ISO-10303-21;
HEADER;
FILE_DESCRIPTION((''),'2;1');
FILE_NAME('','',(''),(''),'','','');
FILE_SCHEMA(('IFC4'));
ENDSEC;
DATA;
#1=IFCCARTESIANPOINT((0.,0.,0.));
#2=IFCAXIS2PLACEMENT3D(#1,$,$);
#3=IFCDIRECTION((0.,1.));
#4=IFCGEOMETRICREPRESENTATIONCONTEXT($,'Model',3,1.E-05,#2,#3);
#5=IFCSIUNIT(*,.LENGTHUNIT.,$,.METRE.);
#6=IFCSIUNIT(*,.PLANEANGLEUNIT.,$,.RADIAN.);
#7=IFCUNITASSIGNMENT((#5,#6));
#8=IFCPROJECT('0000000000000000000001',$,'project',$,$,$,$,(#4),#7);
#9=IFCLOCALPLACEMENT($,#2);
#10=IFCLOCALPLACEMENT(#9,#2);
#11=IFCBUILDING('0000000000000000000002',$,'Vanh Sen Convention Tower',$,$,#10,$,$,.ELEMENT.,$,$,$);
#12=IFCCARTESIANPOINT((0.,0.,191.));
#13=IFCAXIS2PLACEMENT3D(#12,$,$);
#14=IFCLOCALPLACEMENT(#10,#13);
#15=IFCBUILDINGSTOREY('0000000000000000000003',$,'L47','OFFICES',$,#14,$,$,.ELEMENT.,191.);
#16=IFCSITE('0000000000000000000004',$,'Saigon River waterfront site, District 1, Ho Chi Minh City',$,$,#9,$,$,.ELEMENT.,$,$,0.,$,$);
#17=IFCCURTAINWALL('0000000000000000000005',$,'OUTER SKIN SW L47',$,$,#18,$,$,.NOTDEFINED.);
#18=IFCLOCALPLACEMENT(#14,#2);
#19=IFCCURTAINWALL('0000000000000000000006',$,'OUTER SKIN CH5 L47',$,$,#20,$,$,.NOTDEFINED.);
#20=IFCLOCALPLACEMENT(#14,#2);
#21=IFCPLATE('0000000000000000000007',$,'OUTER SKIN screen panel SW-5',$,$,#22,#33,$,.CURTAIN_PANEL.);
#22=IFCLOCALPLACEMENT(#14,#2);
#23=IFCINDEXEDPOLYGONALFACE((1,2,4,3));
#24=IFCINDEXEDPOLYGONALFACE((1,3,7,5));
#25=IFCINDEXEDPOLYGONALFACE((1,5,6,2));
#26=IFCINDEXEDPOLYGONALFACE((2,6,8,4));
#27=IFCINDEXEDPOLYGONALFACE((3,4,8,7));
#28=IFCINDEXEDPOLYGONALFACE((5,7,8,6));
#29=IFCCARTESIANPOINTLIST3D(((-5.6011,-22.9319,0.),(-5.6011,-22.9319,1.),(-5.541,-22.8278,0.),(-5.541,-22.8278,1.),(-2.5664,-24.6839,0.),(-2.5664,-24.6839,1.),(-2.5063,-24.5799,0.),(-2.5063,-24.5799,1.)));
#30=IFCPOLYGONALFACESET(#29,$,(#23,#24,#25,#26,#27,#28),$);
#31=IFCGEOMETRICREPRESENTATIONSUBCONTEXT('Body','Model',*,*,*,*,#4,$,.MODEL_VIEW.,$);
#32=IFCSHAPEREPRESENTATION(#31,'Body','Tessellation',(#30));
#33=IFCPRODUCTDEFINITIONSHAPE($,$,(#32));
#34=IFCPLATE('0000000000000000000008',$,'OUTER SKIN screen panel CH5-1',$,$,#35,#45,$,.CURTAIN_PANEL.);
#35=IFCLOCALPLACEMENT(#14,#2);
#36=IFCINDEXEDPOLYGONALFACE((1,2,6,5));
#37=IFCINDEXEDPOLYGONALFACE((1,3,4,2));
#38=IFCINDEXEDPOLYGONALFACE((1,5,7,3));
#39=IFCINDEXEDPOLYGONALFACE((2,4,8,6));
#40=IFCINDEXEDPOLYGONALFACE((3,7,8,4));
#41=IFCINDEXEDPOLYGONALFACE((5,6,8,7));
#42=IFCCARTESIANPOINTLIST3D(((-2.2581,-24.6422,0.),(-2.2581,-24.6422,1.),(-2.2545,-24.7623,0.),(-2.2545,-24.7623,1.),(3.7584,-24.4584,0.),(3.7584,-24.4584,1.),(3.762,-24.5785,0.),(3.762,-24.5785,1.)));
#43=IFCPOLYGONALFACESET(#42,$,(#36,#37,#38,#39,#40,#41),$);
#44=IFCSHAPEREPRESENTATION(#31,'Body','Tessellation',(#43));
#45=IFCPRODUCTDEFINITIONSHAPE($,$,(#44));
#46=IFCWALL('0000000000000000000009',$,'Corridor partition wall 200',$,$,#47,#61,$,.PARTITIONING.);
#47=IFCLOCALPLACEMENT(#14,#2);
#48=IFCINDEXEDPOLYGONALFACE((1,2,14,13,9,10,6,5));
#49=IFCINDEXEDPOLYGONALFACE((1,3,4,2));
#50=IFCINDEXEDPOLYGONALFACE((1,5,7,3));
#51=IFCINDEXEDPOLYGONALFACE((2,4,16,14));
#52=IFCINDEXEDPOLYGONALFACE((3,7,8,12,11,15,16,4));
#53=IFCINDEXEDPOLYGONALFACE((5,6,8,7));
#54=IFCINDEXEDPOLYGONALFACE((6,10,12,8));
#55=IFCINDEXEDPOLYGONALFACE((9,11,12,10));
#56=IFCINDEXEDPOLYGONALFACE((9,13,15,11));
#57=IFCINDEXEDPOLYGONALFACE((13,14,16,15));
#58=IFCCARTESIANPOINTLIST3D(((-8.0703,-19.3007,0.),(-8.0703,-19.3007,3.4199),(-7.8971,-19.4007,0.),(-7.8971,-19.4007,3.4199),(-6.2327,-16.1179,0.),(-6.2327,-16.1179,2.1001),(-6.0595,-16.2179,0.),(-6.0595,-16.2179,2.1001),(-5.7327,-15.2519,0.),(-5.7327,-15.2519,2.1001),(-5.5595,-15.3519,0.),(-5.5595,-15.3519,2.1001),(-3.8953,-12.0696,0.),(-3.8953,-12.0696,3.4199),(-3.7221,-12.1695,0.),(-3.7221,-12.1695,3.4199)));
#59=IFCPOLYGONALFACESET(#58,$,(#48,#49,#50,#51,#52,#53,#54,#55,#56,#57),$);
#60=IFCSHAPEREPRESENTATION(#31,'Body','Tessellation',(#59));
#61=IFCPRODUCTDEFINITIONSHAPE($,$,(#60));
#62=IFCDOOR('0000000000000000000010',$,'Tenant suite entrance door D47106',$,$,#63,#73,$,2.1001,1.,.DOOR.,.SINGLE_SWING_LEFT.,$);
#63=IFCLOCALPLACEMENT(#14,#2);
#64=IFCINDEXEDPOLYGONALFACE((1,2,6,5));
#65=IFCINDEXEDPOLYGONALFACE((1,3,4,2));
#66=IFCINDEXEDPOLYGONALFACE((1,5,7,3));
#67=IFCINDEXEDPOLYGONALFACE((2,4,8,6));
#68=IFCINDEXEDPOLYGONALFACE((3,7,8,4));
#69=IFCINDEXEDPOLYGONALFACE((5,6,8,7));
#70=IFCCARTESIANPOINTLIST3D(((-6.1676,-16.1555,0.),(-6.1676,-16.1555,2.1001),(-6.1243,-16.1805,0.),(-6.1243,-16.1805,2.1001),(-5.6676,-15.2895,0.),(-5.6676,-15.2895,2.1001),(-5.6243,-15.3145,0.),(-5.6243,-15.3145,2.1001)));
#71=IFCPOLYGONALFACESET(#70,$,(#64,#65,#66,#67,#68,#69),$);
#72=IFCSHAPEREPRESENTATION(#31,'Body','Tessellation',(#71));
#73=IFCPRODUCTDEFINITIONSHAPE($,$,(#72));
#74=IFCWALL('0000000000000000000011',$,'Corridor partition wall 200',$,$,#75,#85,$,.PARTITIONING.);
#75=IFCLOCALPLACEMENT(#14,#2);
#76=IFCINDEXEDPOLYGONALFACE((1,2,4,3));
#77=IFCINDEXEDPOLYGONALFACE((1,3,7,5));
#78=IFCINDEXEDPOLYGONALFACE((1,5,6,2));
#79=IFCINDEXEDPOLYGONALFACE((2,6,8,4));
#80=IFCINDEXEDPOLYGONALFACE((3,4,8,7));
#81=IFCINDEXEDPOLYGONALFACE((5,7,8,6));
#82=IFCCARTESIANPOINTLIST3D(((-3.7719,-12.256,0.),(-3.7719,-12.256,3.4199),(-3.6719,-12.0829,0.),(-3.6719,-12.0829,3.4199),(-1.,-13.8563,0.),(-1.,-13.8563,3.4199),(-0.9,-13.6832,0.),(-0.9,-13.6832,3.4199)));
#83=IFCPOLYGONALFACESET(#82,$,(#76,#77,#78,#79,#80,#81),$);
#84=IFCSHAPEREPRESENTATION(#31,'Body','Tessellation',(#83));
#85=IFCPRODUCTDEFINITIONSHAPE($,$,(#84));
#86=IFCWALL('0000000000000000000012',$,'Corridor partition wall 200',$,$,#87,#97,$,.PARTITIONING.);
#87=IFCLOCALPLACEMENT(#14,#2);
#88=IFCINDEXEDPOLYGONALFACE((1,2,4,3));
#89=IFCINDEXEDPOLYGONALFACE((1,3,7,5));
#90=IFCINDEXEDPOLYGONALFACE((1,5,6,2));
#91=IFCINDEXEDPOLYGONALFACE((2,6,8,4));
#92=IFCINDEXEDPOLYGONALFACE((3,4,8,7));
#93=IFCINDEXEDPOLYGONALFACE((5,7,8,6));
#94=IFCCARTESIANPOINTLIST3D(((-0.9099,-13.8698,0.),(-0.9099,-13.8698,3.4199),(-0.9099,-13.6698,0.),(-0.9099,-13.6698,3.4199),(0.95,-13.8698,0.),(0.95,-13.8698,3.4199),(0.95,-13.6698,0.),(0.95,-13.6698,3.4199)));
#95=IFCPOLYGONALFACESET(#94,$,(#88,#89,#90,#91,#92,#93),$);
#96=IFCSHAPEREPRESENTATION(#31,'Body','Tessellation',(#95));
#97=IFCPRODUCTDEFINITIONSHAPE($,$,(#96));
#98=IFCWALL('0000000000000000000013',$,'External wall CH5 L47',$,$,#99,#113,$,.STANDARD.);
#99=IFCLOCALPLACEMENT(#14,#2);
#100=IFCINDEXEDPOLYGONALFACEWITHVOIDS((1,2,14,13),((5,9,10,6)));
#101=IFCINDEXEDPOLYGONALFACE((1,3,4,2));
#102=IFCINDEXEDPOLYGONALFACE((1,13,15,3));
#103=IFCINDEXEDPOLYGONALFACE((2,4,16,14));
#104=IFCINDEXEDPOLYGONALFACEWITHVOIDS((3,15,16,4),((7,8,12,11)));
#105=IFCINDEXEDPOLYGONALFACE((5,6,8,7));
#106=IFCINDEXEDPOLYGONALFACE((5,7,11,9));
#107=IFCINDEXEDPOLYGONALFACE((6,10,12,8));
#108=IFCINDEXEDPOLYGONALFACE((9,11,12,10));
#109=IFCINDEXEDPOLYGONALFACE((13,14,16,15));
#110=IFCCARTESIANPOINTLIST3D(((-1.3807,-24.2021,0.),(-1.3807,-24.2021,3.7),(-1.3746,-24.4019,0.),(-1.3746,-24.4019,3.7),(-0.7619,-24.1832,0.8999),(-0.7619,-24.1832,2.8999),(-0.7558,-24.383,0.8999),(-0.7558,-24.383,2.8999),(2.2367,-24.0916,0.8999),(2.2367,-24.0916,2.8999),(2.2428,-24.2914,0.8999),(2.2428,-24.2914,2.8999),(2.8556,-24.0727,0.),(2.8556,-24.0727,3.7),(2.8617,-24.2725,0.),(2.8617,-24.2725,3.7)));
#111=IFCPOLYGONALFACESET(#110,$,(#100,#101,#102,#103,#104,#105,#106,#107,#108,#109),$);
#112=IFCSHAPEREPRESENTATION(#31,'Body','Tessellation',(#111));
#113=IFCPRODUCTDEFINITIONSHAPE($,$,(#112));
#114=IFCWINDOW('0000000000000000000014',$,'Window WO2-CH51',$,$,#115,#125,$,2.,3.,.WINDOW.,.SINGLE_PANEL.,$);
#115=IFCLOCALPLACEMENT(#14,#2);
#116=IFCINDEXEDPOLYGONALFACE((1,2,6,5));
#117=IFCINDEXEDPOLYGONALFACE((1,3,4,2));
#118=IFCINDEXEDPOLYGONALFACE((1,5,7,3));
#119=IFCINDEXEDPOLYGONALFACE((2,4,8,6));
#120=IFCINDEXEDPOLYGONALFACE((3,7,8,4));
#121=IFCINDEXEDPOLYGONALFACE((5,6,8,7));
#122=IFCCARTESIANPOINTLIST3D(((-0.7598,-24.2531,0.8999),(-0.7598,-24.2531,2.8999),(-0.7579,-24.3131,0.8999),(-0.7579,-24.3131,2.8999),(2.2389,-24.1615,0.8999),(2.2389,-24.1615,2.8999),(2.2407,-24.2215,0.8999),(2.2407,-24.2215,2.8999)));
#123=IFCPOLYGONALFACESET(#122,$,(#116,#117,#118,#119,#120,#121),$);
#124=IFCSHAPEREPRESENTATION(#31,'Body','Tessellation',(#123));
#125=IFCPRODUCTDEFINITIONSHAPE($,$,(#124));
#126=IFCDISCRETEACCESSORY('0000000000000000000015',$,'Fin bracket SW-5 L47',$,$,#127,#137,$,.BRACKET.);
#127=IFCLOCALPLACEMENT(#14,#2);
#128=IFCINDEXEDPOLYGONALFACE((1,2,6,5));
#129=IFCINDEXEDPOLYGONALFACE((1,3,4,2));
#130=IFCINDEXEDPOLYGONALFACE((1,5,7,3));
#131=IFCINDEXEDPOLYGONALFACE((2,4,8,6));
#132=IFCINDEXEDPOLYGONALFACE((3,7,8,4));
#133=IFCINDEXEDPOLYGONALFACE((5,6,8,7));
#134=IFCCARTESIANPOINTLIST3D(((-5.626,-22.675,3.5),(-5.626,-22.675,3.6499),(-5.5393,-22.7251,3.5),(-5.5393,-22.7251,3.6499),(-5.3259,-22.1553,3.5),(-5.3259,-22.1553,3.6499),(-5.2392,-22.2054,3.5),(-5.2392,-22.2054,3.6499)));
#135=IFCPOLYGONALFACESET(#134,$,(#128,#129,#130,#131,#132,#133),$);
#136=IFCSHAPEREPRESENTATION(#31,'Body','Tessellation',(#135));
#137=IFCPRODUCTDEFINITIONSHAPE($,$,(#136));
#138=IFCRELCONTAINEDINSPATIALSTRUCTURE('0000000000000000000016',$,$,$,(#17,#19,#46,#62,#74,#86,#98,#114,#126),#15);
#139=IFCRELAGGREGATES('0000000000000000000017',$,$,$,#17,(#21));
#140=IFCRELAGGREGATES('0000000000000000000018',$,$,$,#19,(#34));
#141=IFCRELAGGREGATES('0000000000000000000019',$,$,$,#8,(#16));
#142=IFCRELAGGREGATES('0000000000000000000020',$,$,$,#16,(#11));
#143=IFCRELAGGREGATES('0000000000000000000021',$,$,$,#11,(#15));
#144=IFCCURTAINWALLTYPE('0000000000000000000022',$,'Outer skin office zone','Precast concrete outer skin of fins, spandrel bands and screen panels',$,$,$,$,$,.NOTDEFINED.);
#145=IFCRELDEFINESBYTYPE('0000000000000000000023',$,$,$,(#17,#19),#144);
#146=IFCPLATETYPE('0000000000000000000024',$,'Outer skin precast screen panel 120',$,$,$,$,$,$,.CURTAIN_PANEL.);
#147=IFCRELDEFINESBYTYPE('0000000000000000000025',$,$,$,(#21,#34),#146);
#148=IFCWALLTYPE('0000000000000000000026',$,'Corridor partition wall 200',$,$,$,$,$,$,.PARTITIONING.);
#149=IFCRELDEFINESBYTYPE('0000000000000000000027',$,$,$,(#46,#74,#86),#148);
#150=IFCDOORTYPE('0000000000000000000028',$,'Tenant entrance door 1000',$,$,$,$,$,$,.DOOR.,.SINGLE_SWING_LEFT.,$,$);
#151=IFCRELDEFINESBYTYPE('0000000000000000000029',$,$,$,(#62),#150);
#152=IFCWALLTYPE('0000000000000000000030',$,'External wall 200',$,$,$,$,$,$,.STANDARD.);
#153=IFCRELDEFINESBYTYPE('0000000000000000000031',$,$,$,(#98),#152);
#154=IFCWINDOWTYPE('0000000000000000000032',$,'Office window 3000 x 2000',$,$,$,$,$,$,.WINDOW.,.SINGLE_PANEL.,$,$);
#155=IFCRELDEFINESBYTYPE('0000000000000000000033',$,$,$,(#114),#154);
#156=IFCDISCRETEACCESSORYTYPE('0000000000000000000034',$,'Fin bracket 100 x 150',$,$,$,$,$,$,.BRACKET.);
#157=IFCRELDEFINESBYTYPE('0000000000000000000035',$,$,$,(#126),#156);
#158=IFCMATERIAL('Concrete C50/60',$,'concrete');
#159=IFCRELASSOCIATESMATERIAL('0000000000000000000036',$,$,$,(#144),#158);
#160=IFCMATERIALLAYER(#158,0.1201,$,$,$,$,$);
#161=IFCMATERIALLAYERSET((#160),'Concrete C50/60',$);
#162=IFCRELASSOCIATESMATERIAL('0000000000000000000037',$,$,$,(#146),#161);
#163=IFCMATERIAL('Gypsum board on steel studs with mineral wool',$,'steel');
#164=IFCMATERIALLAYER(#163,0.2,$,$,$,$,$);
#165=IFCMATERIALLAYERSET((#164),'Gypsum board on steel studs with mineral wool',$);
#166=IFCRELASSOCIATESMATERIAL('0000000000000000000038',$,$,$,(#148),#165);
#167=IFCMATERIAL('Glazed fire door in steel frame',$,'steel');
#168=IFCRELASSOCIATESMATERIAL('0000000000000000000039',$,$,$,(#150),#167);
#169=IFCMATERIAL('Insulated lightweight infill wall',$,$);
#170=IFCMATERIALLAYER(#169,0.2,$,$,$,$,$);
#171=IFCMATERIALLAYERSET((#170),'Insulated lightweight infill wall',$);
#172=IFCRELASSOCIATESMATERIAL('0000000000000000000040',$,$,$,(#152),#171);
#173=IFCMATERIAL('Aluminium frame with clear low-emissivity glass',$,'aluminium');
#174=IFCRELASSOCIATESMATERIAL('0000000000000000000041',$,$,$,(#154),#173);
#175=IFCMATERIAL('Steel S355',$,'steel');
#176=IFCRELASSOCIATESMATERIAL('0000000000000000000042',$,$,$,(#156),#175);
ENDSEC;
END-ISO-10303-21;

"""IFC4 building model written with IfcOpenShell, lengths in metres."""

from ifc_helpers import new_model, si_unit, direction, frame, frame_2d, origin, origin_2d, place, context, subcontext, project, spatial, rectangle, extrude, material, layer, layer_set, type_object, element, fill, aggregate, save


model = new_model("IFC4")

# Units and contexts
model_context = context("Model", 3, precision=1e-05, world=origin(), true_north=direction((0.0, 1.0)))
body_context = subcontext(model_context, "Body", "Model", "MODEL_VIEW")
ifc_project = project(units=[si_unit("LENGTHUNIT", "METRE"), si_unit("PLANEANGLEUNIT", "RADIAN")], contexts=[model_context])

# Site, building, storey
site_placement = place(None, origin())
site = spatial("IfcSite", under=ifc_project, at=site_placement, Name="Saigon River waterfront site, District 1, Ho Chi Minh City", CompositionType="ELEMENT", RefElevation=0.0)
building_placement = place(site_placement, origin())
building = spatial("IfcBuilding", under=site, at=building_placement, Name="Vanh Sen Convention Tower", CompositionType="ELEMENT")
storey_placement = place(building_placement, frame((0.0, 0.0, 191.0)))
storey = spatial("IfcBuildingStorey", under=building, at=storey_placement, Name="L47", Description="OFFICES", CompositionType="ELEMENT", Elevation=191.0)

# Curtain wall
ifc_material_1 = material(Name="Concrete C50/60", Category="concrete")
curtain_wall_type = type_object("IfcCurtainWallType", Name="Outer skin office zone", Description="Precast concrete outer skin of fins, spandrel bands and screen panels", PredefinedType="NOTDEFINED", material=ifc_material_1)
curtain_wall_1_placement = place(storey_placement, origin())
curtain_wall_1 = element("IfcCurtainWall", 1, at=curtain_wall_1_placement, inside=storey, type_object=curtain_wall_type, Name="OUTER SKIN SW L47", PredefinedType="NOTDEFINED")

# Curtain wall
curtain_wall_2_placement = place(storey_placement, origin())
curtain_wall_2 = element("IfcCurtainWall", 2, at=curtain_wall_2_placement, inside=storey, type_object=curtain_wall_type, Name="OUTER SKIN CH5 L47", PredefinedType="NOTDEFINED")

# Plates
ifc_layer_1 = layer(ifc_material_1, 0.1201)
ifc_layer_set_1 = layer_set([ifc_layer_1], Name="Concrete C50/60")
plate_type = type_object("IfcPlateType", Name="Outer skin precast screen panel 120", PredefinedType="CURTAIN_PANEL", material=ifc_layer_set_1)
plate_1_placement = place(storey_placement, frame((-4.0537, -23.7559, 0.0), z_axis=(0.0, 0.0, 1.0), x_axis=(0.866035, -0.499983, 0.0)))
plate_1 = element("IfcPlate", 3, at=plate_1_placement, type_object=plate_type, Name="OUTER SKIN screen panel SW-5", PredefinedType="CURTAIN_PANEL", context=body_context, shape_type="SweptSolid", body=[
    extrude(rectangle(XDim=3.5042, YDim=0.1201, at=origin_2d()), origin(), (0.0, 0.0, 1.0), 1.0),
])
aggregate(curtain_wall_1, [plate_1])
plate_2_placement = place(storey_placement, frame((0.752, -24.6104, 0.0), z_axis=(0.0, 0.0, 1.0), x_axis=(0.999534, 0.03054, 0.0)))
plate_2 = element("IfcPlate", 4, at=plate_2_placement, type_object=plate_type, Name="OUTER SKIN screen panel CH5-1", PredefinedType="CURTAIN_PANEL", context=body_context, shape_type="SweptSolid", body=[
    extrude(rectangle(XDim=6.0193, YDim=0.1201, at=origin_2d()), origin(), (0.0, 0.0, 1.0), 1.0),
])
aggregate(curtain_wall_2, [plate_2])

# Wall, opening, door
ifc_material_2 = material(Name="Gypsum board on steel studs with mineral wool", Category="steel")
ifc_layer_2 = layer(ifc_material_2, 0.2)
ifc_layer_set_2 = layer_set([ifc_layer_2], Name="Gypsum board on steel studs with mineral wool")
wall_type_1 = type_object("IfcWallType", Name="Corridor partition wall 200", PredefinedType="PARTITIONING", material=ifc_layer_set_2)
wall_1_placement = place(storey_placement, frame((-7.9836, -19.3506, 0.0), z_axis=(0.0, 0.0, 1.0), x_axis=(0.50001, 0.86602, 0.0)))
wall_1 = element("IfcWall", 5, at=wall_1_placement, inside=storey, type_object=wall_type_1, Name="Corridor partition wall 200", PredefinedType="PARTITIONING", context=body_context, shape_type="SweptSolid", body=[
    extrude(rectangle(XDim=8.3499, YDim=0.2, at=frame_2d((4.1748, 0.0))), origin(), (0.0, 0.0, 1.0), 3.4199),
])
opening_1_placement = place(wall_1_placement, frame((3.675, 0.0, 0.0)))
opening_1 = element("IfcOpeningElement", 6, at=opening_1_placement, cuts=wall_1, PredefinedType="OPENING", context=body_context, shape_type="SweptSolid", body=[
    extrude(rectangle(XDim=1.0, YDim=2.1001, at=frame_2d((0.5, 1.05))), frame((0.0, 0.1099, 0.0), z_axis=(0.0, -1.0, 0.0), x_axis=(1.0, 0.0, 0.0)), (0.0, 0.0, 1.0), 0.22),
])
ifc_material_3 = material(Name="Glazed fire door in steel frame", Category="steel")
door_type = type_object("IfcDoorType", Name="Tenant entrance door 1000", OperationType="SINGLE_SWING_LEFT", PredefinedType="DOOR", material=ifc_material_3)
door_placement = place(opening_1_placement, origin())
door = element("IfcDoor", 7, at=door_placement, inside=storey, type_object=door_type, Name="Tenant suite entrance door D47106", OperationType="SINGLE_SWING_LEFT", OverallHeight=2.1001, OverallWidth=1.0, PredefinedType="DOOR", context=body_context, shape_type="SweptSolid", body=[
    extrude(rectangle(XDim=1.0, YDim=2.1001, at=frame_2d((0.5, 1.05))), frame((0.0, 0.0249, 0.0), z_axis=(0.0, -1.0, 0.0), x_axis=(1.0, 0.0, 0.0)), (0.0, 0.0, 1.0), 0.05),
])
fill(opening_1, door)

# Walls
wall_2_placement = place(storey_placement, frame((-3.7219, -12.1694, 0.0), z_axis=(0.0, 0.0, 1.0), x_axis=(0.866033, -0.499987, 0.0)))
element("IfcWall", 8, at=wall_2_placement, inside=storey, type_object=wall_type_1, Name="Corridor partition wall 200", PredefinedType="PARTITIONING", context=body_context, shape_type="SweptSolid", body=[
    extrude(rectangle(XDim=3.2007, YDim=0.2, at=frame_2d((1.6003, 0.0))), origin(), (0.0, 0.0, 1.0), 3.4199),
])
wall_3_placement = place(storey_placement, frame((-0.9099, -13.7698, 0.0), z_axis=(0.0, 0.0, 1.0), x_axis=(1.0, 0.0, 0.0)))
element("IfcWall", 9, at=wall_3_placement, inside=storey, type_object=wall_type_1, Name="Corridor partition wall 200", PredefinedType="PARTITIONING", context=body_context, shape_type="SweptSolid", body=[
    extrude(rectangle(XDim=1.8599, YDim=0.2, at=frame_2d((0.9299, 0.0))), origin(), (0.0, 0.0, 1.0), 3.4199),
])

# Wall, opening, window
ifc_material_4 = material(Name="Insulated lightweight infill wall")
ifc_layer_3 = layer(ifc_material_4, 0.2)
ifc_layer_set_3 = layer_set([ifc_layer_3], Name="Insulated lightweight infill wall")
wall_type_2 = type_object("IfcWallType", Name="External wall 200", PredefinedType="STANDARD", material=ifc_layer_set_3)
wall_4_placement = place(storey_placement, frame((-1.3777, -24.302, 0.0), z_axis=(0.0, 0.0, 1.0), x_axis=(0.999534, 0.03053, 0.0)))
wall_4 = element("IfcWall", 10, at=wall_4_placement, inside=storey, type_object=wall_type_2, Name="External wall CH5 L47", PredefinedType="STANDARD", context=body_context, shape_type="SweptSolid", body=[
    extrude(rectangle(XDim=4.2383, YDim=0.2, at=frame_2d((2.1191, 0.0))), origin(), (0.0, 0.0, 1.0), 3.7),
])
opening_2_placement = place(wall_4_placement, frame((0.6191, 0.0, 0.8999)))
opening_2 = element("IfcOpeningElement", 11, at=opening_2_placement, cuts=wall_4, PredefinedType="OPENING", context=body_context, shape_type="SweptSolid", body=[
    extrude(rectangle(XDim=3.0, YDim=2.0, at=frame_2d((1.5, 1.0))), frame((0.0, 0.1099, 0.0), z_axis=(0.0, -1.0, 0.0), x_axis=(1.0, 0.0, 0.0)), (0.0, 0.0, 1.0), 0.22),
])
ifc_material_5 = material(Name="Aluminium frame with clear low-emissivity glass", Category="aluminium")
window_type = type_object("IfcWindowType", Name="Office window 3000 x 2000", PartitioningType="SINGLE_PANEL", PredefinedType="WINDOW", material=ifc_material_5)
window_placement = place(opening_2_placement, origin())
window = element("IfcWindow", 12, at=window_placement, inside=storey, type_object=window_type, Name="Window WO2-CH51", OverallHeight=2.0, OverallWidth=3.0, PartitioningType="SINGLE_PANEL", PredefinedType="WINDOW", context=body_context, shape_type="SweptSolid", body=[
    extrude(rectangle(XDim=3.0, YDim=2.0, at=frame_2d((1.5, 1.0))), frame((0.0, 0.03, 0.0), z_axis=(0.0, -1.0, 0.0), x_axis=(1.0, 0.0, 0.0)), (0.0, 0.0, 1.0), 0.0601),
])
fill(opening_2, window)

# Discrete accessory
ifc_material_6 = material(Name="Steel S355", Category="steel")
discrete_accessory_type = type_object("IfcDiscreteAccessoryType", Name="Fin bracket 100 x 150", PredefinedType="BRACKET", material=ifc_material_6)
discrete_accessory_placement = place(storey_placement, frame((-5.4326, -22.4402, 3.5), z_axis=(0.0, 0.0, 1.0), x_axis=(-0.5, -0.866025, 0.0)))
element("IfcDiscreteAccessory", 13, at=discrete_accessory_placement, inside=storey, type_object=discrete_accessory_type, Name="Fin bracket SW-5 L47", PredefinedType="BRACKET", context=body_context, shape_type="SweptSolid", body=[
    extrude(rectangle(XDim=0.6001, YDim=0.1001, at=origin_2d()), origin(), (0.0, 0.0, 1.0), 0.1499),
])

save(model, "model.ifc")
